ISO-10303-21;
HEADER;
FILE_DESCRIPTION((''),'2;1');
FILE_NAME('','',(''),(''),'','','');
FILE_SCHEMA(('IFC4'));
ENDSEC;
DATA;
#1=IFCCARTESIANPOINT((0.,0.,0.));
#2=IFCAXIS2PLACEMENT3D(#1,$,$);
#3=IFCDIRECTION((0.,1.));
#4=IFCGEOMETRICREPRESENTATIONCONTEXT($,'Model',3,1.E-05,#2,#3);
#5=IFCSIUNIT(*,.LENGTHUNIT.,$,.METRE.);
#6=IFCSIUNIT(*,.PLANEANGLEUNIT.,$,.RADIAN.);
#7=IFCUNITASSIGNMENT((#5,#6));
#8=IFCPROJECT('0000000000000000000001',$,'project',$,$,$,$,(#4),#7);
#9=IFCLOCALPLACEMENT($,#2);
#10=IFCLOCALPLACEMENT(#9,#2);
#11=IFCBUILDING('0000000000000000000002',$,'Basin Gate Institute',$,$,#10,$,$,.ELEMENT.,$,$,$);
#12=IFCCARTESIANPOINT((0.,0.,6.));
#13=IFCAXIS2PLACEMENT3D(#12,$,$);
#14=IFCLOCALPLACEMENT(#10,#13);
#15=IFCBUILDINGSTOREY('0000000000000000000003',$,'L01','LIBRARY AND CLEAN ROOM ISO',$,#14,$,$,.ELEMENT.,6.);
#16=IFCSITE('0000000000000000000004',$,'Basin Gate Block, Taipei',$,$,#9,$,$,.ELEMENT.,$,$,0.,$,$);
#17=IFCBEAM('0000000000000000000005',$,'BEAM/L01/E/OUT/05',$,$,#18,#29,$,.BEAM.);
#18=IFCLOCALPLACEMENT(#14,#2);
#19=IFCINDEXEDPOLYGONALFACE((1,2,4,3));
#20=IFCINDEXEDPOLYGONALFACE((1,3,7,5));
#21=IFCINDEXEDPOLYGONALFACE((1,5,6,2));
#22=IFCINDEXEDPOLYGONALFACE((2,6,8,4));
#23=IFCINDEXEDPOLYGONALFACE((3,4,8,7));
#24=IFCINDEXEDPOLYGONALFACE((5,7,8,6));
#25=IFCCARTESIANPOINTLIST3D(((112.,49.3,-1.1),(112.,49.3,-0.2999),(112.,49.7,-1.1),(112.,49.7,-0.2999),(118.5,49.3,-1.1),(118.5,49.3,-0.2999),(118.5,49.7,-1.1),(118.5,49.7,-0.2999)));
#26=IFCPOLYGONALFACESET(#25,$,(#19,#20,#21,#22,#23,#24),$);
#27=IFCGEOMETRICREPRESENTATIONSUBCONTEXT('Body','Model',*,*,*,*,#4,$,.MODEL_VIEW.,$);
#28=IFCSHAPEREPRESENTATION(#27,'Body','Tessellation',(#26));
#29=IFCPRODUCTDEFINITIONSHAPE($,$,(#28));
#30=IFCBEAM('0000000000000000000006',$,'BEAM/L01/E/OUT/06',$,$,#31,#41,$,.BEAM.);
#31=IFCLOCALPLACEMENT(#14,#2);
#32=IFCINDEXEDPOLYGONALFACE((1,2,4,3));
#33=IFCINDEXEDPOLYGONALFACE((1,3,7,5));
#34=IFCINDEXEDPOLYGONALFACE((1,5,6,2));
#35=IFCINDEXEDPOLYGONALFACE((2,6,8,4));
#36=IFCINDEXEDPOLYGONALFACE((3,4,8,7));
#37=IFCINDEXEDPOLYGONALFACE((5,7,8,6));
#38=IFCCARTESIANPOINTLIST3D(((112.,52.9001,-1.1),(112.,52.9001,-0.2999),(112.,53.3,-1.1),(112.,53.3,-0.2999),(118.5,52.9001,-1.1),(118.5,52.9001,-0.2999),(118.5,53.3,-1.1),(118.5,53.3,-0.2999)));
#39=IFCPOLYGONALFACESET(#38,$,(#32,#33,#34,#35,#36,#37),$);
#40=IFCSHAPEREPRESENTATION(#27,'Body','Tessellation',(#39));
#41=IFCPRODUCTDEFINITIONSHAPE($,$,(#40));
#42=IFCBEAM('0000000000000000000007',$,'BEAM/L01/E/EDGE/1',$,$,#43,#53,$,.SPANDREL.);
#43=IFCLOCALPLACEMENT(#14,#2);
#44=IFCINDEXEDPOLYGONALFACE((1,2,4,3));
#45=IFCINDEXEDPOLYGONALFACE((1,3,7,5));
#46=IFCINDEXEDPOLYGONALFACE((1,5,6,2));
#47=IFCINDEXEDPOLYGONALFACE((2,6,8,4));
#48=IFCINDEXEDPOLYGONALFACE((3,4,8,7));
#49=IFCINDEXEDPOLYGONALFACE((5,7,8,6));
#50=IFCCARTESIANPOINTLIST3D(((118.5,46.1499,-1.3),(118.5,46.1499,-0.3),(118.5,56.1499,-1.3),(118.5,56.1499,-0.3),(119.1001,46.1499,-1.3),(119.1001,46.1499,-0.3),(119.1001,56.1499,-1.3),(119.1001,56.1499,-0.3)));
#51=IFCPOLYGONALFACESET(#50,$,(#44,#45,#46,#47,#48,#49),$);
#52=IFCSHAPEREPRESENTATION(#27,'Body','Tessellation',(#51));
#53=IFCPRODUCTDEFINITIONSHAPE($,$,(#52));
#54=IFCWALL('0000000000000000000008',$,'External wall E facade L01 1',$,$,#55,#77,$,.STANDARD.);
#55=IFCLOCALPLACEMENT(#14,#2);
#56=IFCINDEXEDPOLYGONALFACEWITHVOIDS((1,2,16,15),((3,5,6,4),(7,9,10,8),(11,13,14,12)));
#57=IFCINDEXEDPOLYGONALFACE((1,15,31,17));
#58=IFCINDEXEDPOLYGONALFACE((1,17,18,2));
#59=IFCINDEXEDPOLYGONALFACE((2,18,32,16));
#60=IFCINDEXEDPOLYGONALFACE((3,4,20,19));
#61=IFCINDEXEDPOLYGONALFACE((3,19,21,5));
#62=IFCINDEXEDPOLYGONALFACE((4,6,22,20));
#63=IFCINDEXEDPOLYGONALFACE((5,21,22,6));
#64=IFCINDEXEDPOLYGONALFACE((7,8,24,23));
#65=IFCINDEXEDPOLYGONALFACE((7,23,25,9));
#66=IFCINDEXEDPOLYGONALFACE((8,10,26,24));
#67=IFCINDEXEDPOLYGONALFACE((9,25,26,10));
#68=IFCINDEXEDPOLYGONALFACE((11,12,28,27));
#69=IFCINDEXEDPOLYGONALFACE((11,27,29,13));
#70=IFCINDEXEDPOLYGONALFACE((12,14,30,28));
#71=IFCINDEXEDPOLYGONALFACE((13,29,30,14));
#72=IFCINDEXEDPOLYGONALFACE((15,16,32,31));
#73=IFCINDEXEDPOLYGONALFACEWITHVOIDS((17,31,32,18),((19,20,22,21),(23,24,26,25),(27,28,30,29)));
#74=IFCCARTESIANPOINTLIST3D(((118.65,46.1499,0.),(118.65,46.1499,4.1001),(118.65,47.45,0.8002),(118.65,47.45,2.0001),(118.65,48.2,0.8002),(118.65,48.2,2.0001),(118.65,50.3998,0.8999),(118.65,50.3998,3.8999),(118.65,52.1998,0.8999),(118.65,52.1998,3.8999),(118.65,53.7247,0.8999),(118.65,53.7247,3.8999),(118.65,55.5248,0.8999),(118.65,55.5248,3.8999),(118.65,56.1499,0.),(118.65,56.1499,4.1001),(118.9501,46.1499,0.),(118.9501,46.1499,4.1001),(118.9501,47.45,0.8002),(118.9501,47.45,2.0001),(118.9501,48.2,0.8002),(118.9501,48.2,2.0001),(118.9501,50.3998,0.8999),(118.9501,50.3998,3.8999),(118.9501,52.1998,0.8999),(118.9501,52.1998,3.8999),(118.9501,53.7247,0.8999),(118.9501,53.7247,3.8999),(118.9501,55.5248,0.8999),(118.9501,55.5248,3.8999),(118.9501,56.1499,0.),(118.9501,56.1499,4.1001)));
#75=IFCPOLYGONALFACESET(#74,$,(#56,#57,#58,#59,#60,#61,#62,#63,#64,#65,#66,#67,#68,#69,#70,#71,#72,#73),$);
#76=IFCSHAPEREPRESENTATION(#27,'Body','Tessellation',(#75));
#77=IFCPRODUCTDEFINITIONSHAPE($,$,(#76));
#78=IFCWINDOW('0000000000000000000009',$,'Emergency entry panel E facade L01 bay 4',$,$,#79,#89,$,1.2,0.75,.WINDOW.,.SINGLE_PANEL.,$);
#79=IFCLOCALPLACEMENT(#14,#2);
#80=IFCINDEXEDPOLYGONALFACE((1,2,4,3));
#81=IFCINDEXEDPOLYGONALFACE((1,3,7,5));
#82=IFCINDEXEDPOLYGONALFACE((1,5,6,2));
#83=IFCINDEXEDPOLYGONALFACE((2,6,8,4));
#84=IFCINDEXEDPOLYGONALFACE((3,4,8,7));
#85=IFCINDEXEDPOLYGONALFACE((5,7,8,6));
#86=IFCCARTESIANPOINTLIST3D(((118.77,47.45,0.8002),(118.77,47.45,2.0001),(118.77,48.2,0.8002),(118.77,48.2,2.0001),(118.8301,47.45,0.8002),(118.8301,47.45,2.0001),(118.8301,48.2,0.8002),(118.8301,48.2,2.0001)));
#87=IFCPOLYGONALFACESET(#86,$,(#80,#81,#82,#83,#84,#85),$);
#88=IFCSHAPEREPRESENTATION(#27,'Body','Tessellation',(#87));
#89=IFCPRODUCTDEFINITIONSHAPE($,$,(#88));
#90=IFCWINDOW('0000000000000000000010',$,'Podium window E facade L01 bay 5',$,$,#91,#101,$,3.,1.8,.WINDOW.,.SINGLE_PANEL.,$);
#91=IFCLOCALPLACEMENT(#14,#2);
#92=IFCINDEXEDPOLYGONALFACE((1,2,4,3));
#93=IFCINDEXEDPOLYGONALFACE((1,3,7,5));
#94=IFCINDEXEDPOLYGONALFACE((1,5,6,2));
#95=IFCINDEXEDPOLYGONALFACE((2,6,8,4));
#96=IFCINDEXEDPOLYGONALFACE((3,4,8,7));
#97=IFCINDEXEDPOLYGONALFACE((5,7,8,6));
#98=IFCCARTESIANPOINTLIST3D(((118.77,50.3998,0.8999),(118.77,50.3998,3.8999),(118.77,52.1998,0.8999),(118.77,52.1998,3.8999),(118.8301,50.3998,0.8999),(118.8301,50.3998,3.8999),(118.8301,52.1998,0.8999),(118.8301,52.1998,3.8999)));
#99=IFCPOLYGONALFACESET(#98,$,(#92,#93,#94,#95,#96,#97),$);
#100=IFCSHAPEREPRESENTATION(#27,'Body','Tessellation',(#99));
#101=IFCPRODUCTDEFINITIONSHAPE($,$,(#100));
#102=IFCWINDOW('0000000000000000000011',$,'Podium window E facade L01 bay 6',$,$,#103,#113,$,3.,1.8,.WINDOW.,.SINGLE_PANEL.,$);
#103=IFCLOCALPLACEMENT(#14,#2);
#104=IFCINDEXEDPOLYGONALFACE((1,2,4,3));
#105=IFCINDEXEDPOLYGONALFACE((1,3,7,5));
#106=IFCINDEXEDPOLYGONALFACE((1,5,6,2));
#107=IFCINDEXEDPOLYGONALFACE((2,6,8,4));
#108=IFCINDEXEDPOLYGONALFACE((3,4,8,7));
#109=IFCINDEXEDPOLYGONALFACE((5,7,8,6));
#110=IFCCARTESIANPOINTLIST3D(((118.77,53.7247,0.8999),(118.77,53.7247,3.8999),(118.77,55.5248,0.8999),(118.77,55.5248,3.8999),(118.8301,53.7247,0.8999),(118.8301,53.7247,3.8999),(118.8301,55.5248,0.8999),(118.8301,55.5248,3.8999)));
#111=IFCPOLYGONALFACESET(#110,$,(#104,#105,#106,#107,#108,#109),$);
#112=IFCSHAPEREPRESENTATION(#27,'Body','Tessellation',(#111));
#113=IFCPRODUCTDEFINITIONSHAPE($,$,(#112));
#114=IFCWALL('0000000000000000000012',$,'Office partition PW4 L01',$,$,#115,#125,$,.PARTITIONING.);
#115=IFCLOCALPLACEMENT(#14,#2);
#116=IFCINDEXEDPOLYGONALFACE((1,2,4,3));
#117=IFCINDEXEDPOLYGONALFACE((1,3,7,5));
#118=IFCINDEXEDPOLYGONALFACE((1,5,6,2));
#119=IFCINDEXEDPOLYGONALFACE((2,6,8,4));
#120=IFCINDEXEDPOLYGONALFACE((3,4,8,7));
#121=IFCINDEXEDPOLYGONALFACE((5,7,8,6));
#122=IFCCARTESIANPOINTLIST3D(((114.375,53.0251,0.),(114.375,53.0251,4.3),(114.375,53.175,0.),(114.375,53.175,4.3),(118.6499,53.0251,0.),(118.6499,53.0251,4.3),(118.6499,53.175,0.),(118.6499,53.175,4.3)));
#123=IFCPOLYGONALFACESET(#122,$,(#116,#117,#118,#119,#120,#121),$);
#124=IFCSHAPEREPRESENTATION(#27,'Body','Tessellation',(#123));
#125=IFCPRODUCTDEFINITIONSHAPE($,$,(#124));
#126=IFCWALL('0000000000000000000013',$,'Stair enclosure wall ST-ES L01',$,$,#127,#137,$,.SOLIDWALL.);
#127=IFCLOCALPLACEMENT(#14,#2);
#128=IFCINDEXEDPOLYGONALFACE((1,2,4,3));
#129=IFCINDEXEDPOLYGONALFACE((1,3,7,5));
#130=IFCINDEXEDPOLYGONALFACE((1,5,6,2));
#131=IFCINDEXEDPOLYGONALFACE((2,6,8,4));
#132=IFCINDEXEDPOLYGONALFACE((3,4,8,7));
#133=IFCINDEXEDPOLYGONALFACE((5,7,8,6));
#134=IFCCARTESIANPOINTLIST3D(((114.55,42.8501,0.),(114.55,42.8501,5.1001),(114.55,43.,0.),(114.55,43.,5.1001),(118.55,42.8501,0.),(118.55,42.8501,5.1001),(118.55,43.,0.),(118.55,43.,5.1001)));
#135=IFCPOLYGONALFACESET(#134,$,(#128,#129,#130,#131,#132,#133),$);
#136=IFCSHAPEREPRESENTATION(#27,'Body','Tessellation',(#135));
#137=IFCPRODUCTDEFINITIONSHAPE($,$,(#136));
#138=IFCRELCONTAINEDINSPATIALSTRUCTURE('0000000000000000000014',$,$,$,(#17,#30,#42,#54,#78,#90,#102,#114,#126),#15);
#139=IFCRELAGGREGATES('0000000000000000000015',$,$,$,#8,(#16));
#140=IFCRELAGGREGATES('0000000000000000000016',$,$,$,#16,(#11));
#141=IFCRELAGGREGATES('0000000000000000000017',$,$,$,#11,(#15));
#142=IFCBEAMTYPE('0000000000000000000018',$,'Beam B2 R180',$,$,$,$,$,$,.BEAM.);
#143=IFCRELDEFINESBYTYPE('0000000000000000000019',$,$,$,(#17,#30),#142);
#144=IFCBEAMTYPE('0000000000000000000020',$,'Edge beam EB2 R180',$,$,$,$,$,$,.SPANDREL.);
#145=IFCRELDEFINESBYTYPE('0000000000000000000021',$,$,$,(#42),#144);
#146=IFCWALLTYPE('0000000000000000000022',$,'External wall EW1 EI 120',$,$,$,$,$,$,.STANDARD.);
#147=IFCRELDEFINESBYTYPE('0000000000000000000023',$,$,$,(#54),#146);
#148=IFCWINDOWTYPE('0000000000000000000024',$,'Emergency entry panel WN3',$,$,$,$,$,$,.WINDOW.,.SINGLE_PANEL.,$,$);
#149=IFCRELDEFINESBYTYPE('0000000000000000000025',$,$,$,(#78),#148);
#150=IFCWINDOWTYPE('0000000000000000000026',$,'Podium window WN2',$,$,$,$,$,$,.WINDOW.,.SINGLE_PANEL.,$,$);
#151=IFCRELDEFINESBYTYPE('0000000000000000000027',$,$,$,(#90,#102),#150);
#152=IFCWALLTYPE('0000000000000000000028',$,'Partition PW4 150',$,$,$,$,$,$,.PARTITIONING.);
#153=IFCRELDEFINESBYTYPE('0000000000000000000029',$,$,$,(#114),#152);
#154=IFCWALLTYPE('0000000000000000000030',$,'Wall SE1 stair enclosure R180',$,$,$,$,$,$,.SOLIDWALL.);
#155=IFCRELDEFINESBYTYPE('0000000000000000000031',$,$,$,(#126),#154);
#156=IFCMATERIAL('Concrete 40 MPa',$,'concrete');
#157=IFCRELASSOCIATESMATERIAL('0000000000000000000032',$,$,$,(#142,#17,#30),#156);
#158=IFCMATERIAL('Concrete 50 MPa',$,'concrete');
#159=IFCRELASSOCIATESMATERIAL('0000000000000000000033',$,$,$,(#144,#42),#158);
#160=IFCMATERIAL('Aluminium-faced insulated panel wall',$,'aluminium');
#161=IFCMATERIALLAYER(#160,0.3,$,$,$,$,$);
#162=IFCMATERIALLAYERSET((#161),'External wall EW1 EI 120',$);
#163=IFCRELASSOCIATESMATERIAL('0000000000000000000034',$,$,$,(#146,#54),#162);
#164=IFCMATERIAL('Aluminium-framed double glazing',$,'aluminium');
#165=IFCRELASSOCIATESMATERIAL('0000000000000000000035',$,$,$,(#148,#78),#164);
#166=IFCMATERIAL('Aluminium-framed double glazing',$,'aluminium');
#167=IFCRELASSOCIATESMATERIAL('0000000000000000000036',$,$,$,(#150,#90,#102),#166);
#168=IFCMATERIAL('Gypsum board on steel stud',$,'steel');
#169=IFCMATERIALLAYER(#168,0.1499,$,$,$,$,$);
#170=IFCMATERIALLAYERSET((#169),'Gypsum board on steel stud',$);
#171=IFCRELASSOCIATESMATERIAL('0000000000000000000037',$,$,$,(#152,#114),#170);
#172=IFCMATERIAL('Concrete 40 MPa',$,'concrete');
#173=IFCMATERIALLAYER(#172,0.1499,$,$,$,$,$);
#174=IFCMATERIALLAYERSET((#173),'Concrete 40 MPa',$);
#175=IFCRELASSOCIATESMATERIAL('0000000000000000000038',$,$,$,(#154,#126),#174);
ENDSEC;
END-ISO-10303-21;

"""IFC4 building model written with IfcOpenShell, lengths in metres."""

from ifc_helpers import new_model, si_unit, direction, frame, frame_2d, origin, origin_2d, place, context, subcontext, project, spatial, rectangle, extrude, material, layer, layer_set, material_profile, profile_set, type_object, element, fill, save


model = new_model("IFC4")

# Units and contexts
model_context = context("Model", 3, precision=1e-05, world=origin(), true_north=direction((0.0, 1.0)))
body_context = subcontext(model_context, "Body", "Model", "MODEL_VIEW")
ifc_project = project(units=[si_unit("LENGTHUNIT", "METRE"), si_unit("PLANEANGLEUNIT", "RADIAN")], contexts=[model_context])

# Site, building, storey
site_placement = place(None, origin())
site = spatial("IfcSite", under=ifc_project, at=site_placement, Name="Basin Gate Block, Taipei", CompositionType="ELEMENT", RefElevation=0.0)
building_placement = place(site_placement, origin())
building = spatial("IfcBuilding", under=site, at=building_placement, Name="Basin Gate Institute", CompositionType="ELEMENT")
storey_placement = place(building_placement, frame((0.0, 0.0, 6.0)))
storey = spatial("IfcBuildingStorey", under=building, at=storey_placement, Name="L01", Description="LIBRARY AND CLEAN ROOM ISO", CompositionType="ELEMENT", Elevation=6.0)

# Beams
ifc_material_1 = material(Name="Concrete 40 MPa", Category="concrete")
ifc_material_profile_1 = material_profile(ifc_material_1, rectangle(XDim=0.3999, YDim=0.8, at=origin_2d()), Name="Beam B2 400 x 800")
ifc_profile_set_1 = profile_set([ifc_material_profile_1], Name="Concrete 40 MPa")
beam_type_1 = type_object("IfcBeamType", Name="Beam B2 R180", PredefinedType="BEAM", material=ifc_profile_set_1)
for number, where, z_axis, x_axis, name in (
    (1, (118.5, 49.5, -0.7), (-1.0, 0.0, 0.0), (0.0, -1.0, 0.0), "BEAM/L01/E/OUT/05"),
    (2, (118.5, 53.1001, -0.7), (-1.0, 0.0, 0.0), (0.0, -1.0, 0.0), "BEAM/L01/E/OUT/06"),
):
    element("IfcBeam", number, at=place(storey_placement, frame(where, z_axis=z_axis, x_axis=x_axis)), inside=storey, type_object=beam_type_1, material=ifc_profile_set_1, Name=name, PredefinedType="BEAM", context=body_context, shape_type="SweptSolid", body=[
        extrude(rectangle(XDim=0.3999, YDim=0.8, at=origin_2d()), origin(), (0.0, 0.0, 1.0), 6.5),
    ])
ifc_material_2 = material(Name="Concrete 50 MPa", Category="concrete")
ifc_material_profile_2 = material_profile(ifc_material_2, rectangle(XDim=0.6001, YDim=1.0, at=origin_2d()), Name="Edge beam EB2 600 x 1000")
ifc_profile_set_2 = profile_set([ifc_material_profile_2], Name="Concrete 50 MPa")
beam_type_2 = type_object("IfcBeamType", Name="Edge beam EB2 R180", PredefinedType="SPANDREL", material=ifc_profile_set_2)
beam_placement = place(storey_placement, frame((118.8, 46.1499, -0.8), z_axis=(0.0, 1.0, 0.0), x_axis=(-1.0, 0.0, 0.0)))
element("IfcBeam", 3, at=beam_placement, inside=storey, type_object=beam_type_2, material=ifc_profile_set_2, Name="BEAM/L01/E/EDGE/1", PredefinedType="SPANDREL", context=body_context, shape_type="SweptSolid", body=[
    extrude(rectangle(XDim=0.6001, YDim=1.0, at=origin_2d()), origin(), (0.0, 0.0, 1.0), 10.0),
])

# Wall, openings, windows
ifc_material_3 = material(Name="Aluminium-faced insulated panel wall", Category="aluminium")
ifc_layer_1 = layer(ifc_material_3, 0.3)
ifc_layer_set_1 = layer_set([ifc_layer_1], Name="External wall EW1 EI 120")
wall_type_1 = type_object("IfcWallType", Name="External wall EW1 EI 120", PredefinedType="STANDARD", material=ifc_layer_set_1)
wall_1_placement = place(storey_placement, frame((118.8, 46.1499, 0.0), z_axis=(0.0, 0.0, 1.0), x_axis=(0.0, 1.0, 0.0)))
wall_1 = element("IfcWall", 4, at=wall_1_placement, inside=storey, type_object=wall_type_1, material=ifc_layer_set_1, Name="External wall E facade L01 1", PredefinedType="STANDARD", context=body_context, shape_type="SweptSolid", body=[
    extrude(rectangle(XDim=10.0, YDim=0.3, at=frame_2d((5.0, 0.0))), origin(), (0.0, 0.0, 1.0), 4.1001),
])
opening_1_placement = place(wall_1_placement, frame((1.3, 0.0, 0.8)))
opening_1 = element("IfcOpeningElement", 5, at=opening_1_placement, cuts=wall_1, PredefinedType="OPENING", context=body_context, shape_type="SweptSolid", body=[
    extrude(rectangle(XDim=0.75, YDim=1.2, at=frame_2d((0.375, 0.6001))), frame((0.0, 0.1602, 0.0), z_axis=(0.0, -1.0, 0.0), x_axis=(1.0, 0.0, 0.0)), (0.0, 0.0, 1.0), 0.3201),
])
opening_2_placement = place(wall_1_placement, frame((4.25, 0.0, 0.8999)))
opening_2 = element("IfcOpeningElement", 6, at=opening_2_placement, cuts=wall_1, PredefinedType="OPENING", context=body_context, shape_type="SweptSolid", body=[
    extrude(rectangle(XDim=1.8, YDim=3.0, at=frame_2d((0.8999, 1.5))), frame((0.0, 0.1602, 0.0), z_axis=(0.0, -1.0, 0.0), x_axis=(1.0, 0.0, 0.0)), (0.0, 0.0, 1.0), 0.3201),
])
opening_3_placement = place(wall_1_placement, frame((7.575, 0.0, 0.8999)))
opening_3 = element("IfcOpeningElement", 7, at=opening_3_placement, cuts=wall_1, PredefinedType="OPENING", context=body_context, shape_type="SweptSolid", body=[
    extrude(rectangle(XDim=1.8, YDim=3.0, at=frame_2d((0.8999, 1.5))), frame((0.0, 0.1602, 0.0), z_axis=(0.0, -1.0, 0.0), x_axis=(1.0, 0.0, 0.0)), (0.0, 0.0, 1.0), 0.3201),
])
ifc_material_4 = material(Name="Aluminium-framed double glazing", Category="aluminium")
window_type_1 = type_object("IfcWindowType", Name="Emergency entry panel WN3", PartitioningType="SINGLE_PANEL", PredefinedType="WINDOW", material=ifc_material_4)
window_1_placement = place(opening_1_placement, origin())
window_1 = element("IfcWindow", 8, at=window_1_placement, inside=storey, type_object=window_type_1, material=ifc_material_4, Name="Emergency entry panel E facade L01 bay 4", OverallHeight=1.2, OverallWidth=0.75, PartitioningType="SINGLE_PANEL", PredefinedType="WINDOW", context=body_context, shape_type="SweptSolid", body=[
    extrude(rectangle(XDim=0.75, YDim=1.2, at=frame_2d((0.375, 0.6001))), frame((0.0, 0.03, 0.0), z_axis=(0.0, -1.0, 0.0), x_axis=(1.0, 0.0, 0.0)), (0.0, 0.0, 1.0), 0.0601),
])
fill(opening_1, window_1)
ifc_material_5 = material(Name="Aluminium-framed double glazing", Category="aluminium")
window_type_2 = type_object("IfcWindowType", Name="Podium window WN2", PartitioningType="SINGLE_PANEL", PredefinedType="WINDOW", material=ifc_material_5)
window_2_placement = place(opening_2_placement, origin())
window_2 = element("IfcWindow", 9, at=window_2_placement, inside=storey, type_object=window_type_2, material=ifc_material_5, Name="Podium window E facade L01 bay 5", OverallHeight=3.0, OverallWidth=1.8, PartitioningType="SINGLE_PANEL", PredefinedType="WINDOW", context=body_context, shape_type="SweptSolid", body=[
    extrude(rectangle(XDim=1.8, YDim=3.0, at=frame_2d((0.8999, 1.5))), frame((0.0, 0.03, 0.0), z_axis=(0.0, -1.0, 0.0), x_axis=(1.0, 0.0, 0.0)), (0.0, 0.0, 1.0), 0.0601),
])
fill(opening_2, window_2)
window_3_placement = place(opening_3_placement, origin())
window_3 = element("IfcWindow", 10, at=window_3_placement, inside=storey, type_object=window_type_2, material=ifc_material_5, Name="Podium window E facade L01 bay 6", OverallHeight=3.0, OverallWidth=1.8, PartitioningType="SINGLE_PANEL", PredefinedType="WINDOW", context=body_context, shape_type="SweptSolid", body=[
    extrude(rectangle(XDim=1.8, YDim=3.0, at=frame_2d((0.8999, 1.5))), frame((0.0, 0.03, 0.0), z_axis=(0.0, -1.0, 0.0), x_axis=(1.0, 0.0, 0.0)), (0.0, 0.0, 1.0), 0.0601),
])
fill(opening_3, window_3)

# Walls
ifc_material_6 = material(Name="Gypsum board on steel stud", Category="steel")
ifc_layer_2 = layer(ifc_material_6, 0.1499)
ifc_layer_set_2 = layer_set([ifc_layer_2], Name="Gypsum board on steel stud")
wall_type_2 = type_object("IfcWallType", Name="Partition PW4 150", PredefinedType="PARTITIONING", material=ifc_layer_set_2)
wall_2_placement = place(storey_placement, frame((118.6499, 53.1001, 0.0), z_axis=(0.0, 0.0, 1.0), x_axis=(-1.0, 0.0, 0.0)))
element("IfcWall", 11, at=wall_2_placement, inside=storey, type_object=wall_type_2, material=ifc_layer_set_2, Name="Office partition PW4 L01", PredefinedType="PARTITIONING", context=body_context, shape_type="SweptSolid", body=[
    extrude(rectangle(XDim=4.2749, YDim=0.1499, at=frame_2d((2.1375, 0.0))), origin(), (0.0, 0.0, 1.0), 4.3),
])
ifc_material_7 = material(Name="Concrete 40 MPa", Category="concrete")
ifc_layer_3 = layer(ifc_material_7, 0.1499)
ifc_layer_set_3 = layer_set([ifc_layer_3], Name="Concrete 40 MPa")
wall_type_3 = type_object("IfcWallType", Name="Wall SE1 stair enclosure R180", PredefinedType="SOLIDWALL", material=ifc_layer_set_3)
wall_3_placement = place(storey_placement, frame((118.55, 42.925, 0.0), z_axis=(0.0, 0.0, 1.0), x_axis=(-1.0, 0.0, 0.0)))
element("IfcWall", 12, at=wall_3_placement, inside=storey, type_object=wall_type_3, material=ifc_layer_set_3, Name="Stair enclosure wall ST-ES L01", PredefinedType="SOLIDWALL", context=body_context, shape_type="SweptSolid", body=[
    extrude(rectangle(XDim=4.0, YDim=0.1499, at=frame_2d((2.0, 0.0))), origin(), (0.0, 0.0, 1.0), 5.1001),
])

save(model, "model.ifc")
